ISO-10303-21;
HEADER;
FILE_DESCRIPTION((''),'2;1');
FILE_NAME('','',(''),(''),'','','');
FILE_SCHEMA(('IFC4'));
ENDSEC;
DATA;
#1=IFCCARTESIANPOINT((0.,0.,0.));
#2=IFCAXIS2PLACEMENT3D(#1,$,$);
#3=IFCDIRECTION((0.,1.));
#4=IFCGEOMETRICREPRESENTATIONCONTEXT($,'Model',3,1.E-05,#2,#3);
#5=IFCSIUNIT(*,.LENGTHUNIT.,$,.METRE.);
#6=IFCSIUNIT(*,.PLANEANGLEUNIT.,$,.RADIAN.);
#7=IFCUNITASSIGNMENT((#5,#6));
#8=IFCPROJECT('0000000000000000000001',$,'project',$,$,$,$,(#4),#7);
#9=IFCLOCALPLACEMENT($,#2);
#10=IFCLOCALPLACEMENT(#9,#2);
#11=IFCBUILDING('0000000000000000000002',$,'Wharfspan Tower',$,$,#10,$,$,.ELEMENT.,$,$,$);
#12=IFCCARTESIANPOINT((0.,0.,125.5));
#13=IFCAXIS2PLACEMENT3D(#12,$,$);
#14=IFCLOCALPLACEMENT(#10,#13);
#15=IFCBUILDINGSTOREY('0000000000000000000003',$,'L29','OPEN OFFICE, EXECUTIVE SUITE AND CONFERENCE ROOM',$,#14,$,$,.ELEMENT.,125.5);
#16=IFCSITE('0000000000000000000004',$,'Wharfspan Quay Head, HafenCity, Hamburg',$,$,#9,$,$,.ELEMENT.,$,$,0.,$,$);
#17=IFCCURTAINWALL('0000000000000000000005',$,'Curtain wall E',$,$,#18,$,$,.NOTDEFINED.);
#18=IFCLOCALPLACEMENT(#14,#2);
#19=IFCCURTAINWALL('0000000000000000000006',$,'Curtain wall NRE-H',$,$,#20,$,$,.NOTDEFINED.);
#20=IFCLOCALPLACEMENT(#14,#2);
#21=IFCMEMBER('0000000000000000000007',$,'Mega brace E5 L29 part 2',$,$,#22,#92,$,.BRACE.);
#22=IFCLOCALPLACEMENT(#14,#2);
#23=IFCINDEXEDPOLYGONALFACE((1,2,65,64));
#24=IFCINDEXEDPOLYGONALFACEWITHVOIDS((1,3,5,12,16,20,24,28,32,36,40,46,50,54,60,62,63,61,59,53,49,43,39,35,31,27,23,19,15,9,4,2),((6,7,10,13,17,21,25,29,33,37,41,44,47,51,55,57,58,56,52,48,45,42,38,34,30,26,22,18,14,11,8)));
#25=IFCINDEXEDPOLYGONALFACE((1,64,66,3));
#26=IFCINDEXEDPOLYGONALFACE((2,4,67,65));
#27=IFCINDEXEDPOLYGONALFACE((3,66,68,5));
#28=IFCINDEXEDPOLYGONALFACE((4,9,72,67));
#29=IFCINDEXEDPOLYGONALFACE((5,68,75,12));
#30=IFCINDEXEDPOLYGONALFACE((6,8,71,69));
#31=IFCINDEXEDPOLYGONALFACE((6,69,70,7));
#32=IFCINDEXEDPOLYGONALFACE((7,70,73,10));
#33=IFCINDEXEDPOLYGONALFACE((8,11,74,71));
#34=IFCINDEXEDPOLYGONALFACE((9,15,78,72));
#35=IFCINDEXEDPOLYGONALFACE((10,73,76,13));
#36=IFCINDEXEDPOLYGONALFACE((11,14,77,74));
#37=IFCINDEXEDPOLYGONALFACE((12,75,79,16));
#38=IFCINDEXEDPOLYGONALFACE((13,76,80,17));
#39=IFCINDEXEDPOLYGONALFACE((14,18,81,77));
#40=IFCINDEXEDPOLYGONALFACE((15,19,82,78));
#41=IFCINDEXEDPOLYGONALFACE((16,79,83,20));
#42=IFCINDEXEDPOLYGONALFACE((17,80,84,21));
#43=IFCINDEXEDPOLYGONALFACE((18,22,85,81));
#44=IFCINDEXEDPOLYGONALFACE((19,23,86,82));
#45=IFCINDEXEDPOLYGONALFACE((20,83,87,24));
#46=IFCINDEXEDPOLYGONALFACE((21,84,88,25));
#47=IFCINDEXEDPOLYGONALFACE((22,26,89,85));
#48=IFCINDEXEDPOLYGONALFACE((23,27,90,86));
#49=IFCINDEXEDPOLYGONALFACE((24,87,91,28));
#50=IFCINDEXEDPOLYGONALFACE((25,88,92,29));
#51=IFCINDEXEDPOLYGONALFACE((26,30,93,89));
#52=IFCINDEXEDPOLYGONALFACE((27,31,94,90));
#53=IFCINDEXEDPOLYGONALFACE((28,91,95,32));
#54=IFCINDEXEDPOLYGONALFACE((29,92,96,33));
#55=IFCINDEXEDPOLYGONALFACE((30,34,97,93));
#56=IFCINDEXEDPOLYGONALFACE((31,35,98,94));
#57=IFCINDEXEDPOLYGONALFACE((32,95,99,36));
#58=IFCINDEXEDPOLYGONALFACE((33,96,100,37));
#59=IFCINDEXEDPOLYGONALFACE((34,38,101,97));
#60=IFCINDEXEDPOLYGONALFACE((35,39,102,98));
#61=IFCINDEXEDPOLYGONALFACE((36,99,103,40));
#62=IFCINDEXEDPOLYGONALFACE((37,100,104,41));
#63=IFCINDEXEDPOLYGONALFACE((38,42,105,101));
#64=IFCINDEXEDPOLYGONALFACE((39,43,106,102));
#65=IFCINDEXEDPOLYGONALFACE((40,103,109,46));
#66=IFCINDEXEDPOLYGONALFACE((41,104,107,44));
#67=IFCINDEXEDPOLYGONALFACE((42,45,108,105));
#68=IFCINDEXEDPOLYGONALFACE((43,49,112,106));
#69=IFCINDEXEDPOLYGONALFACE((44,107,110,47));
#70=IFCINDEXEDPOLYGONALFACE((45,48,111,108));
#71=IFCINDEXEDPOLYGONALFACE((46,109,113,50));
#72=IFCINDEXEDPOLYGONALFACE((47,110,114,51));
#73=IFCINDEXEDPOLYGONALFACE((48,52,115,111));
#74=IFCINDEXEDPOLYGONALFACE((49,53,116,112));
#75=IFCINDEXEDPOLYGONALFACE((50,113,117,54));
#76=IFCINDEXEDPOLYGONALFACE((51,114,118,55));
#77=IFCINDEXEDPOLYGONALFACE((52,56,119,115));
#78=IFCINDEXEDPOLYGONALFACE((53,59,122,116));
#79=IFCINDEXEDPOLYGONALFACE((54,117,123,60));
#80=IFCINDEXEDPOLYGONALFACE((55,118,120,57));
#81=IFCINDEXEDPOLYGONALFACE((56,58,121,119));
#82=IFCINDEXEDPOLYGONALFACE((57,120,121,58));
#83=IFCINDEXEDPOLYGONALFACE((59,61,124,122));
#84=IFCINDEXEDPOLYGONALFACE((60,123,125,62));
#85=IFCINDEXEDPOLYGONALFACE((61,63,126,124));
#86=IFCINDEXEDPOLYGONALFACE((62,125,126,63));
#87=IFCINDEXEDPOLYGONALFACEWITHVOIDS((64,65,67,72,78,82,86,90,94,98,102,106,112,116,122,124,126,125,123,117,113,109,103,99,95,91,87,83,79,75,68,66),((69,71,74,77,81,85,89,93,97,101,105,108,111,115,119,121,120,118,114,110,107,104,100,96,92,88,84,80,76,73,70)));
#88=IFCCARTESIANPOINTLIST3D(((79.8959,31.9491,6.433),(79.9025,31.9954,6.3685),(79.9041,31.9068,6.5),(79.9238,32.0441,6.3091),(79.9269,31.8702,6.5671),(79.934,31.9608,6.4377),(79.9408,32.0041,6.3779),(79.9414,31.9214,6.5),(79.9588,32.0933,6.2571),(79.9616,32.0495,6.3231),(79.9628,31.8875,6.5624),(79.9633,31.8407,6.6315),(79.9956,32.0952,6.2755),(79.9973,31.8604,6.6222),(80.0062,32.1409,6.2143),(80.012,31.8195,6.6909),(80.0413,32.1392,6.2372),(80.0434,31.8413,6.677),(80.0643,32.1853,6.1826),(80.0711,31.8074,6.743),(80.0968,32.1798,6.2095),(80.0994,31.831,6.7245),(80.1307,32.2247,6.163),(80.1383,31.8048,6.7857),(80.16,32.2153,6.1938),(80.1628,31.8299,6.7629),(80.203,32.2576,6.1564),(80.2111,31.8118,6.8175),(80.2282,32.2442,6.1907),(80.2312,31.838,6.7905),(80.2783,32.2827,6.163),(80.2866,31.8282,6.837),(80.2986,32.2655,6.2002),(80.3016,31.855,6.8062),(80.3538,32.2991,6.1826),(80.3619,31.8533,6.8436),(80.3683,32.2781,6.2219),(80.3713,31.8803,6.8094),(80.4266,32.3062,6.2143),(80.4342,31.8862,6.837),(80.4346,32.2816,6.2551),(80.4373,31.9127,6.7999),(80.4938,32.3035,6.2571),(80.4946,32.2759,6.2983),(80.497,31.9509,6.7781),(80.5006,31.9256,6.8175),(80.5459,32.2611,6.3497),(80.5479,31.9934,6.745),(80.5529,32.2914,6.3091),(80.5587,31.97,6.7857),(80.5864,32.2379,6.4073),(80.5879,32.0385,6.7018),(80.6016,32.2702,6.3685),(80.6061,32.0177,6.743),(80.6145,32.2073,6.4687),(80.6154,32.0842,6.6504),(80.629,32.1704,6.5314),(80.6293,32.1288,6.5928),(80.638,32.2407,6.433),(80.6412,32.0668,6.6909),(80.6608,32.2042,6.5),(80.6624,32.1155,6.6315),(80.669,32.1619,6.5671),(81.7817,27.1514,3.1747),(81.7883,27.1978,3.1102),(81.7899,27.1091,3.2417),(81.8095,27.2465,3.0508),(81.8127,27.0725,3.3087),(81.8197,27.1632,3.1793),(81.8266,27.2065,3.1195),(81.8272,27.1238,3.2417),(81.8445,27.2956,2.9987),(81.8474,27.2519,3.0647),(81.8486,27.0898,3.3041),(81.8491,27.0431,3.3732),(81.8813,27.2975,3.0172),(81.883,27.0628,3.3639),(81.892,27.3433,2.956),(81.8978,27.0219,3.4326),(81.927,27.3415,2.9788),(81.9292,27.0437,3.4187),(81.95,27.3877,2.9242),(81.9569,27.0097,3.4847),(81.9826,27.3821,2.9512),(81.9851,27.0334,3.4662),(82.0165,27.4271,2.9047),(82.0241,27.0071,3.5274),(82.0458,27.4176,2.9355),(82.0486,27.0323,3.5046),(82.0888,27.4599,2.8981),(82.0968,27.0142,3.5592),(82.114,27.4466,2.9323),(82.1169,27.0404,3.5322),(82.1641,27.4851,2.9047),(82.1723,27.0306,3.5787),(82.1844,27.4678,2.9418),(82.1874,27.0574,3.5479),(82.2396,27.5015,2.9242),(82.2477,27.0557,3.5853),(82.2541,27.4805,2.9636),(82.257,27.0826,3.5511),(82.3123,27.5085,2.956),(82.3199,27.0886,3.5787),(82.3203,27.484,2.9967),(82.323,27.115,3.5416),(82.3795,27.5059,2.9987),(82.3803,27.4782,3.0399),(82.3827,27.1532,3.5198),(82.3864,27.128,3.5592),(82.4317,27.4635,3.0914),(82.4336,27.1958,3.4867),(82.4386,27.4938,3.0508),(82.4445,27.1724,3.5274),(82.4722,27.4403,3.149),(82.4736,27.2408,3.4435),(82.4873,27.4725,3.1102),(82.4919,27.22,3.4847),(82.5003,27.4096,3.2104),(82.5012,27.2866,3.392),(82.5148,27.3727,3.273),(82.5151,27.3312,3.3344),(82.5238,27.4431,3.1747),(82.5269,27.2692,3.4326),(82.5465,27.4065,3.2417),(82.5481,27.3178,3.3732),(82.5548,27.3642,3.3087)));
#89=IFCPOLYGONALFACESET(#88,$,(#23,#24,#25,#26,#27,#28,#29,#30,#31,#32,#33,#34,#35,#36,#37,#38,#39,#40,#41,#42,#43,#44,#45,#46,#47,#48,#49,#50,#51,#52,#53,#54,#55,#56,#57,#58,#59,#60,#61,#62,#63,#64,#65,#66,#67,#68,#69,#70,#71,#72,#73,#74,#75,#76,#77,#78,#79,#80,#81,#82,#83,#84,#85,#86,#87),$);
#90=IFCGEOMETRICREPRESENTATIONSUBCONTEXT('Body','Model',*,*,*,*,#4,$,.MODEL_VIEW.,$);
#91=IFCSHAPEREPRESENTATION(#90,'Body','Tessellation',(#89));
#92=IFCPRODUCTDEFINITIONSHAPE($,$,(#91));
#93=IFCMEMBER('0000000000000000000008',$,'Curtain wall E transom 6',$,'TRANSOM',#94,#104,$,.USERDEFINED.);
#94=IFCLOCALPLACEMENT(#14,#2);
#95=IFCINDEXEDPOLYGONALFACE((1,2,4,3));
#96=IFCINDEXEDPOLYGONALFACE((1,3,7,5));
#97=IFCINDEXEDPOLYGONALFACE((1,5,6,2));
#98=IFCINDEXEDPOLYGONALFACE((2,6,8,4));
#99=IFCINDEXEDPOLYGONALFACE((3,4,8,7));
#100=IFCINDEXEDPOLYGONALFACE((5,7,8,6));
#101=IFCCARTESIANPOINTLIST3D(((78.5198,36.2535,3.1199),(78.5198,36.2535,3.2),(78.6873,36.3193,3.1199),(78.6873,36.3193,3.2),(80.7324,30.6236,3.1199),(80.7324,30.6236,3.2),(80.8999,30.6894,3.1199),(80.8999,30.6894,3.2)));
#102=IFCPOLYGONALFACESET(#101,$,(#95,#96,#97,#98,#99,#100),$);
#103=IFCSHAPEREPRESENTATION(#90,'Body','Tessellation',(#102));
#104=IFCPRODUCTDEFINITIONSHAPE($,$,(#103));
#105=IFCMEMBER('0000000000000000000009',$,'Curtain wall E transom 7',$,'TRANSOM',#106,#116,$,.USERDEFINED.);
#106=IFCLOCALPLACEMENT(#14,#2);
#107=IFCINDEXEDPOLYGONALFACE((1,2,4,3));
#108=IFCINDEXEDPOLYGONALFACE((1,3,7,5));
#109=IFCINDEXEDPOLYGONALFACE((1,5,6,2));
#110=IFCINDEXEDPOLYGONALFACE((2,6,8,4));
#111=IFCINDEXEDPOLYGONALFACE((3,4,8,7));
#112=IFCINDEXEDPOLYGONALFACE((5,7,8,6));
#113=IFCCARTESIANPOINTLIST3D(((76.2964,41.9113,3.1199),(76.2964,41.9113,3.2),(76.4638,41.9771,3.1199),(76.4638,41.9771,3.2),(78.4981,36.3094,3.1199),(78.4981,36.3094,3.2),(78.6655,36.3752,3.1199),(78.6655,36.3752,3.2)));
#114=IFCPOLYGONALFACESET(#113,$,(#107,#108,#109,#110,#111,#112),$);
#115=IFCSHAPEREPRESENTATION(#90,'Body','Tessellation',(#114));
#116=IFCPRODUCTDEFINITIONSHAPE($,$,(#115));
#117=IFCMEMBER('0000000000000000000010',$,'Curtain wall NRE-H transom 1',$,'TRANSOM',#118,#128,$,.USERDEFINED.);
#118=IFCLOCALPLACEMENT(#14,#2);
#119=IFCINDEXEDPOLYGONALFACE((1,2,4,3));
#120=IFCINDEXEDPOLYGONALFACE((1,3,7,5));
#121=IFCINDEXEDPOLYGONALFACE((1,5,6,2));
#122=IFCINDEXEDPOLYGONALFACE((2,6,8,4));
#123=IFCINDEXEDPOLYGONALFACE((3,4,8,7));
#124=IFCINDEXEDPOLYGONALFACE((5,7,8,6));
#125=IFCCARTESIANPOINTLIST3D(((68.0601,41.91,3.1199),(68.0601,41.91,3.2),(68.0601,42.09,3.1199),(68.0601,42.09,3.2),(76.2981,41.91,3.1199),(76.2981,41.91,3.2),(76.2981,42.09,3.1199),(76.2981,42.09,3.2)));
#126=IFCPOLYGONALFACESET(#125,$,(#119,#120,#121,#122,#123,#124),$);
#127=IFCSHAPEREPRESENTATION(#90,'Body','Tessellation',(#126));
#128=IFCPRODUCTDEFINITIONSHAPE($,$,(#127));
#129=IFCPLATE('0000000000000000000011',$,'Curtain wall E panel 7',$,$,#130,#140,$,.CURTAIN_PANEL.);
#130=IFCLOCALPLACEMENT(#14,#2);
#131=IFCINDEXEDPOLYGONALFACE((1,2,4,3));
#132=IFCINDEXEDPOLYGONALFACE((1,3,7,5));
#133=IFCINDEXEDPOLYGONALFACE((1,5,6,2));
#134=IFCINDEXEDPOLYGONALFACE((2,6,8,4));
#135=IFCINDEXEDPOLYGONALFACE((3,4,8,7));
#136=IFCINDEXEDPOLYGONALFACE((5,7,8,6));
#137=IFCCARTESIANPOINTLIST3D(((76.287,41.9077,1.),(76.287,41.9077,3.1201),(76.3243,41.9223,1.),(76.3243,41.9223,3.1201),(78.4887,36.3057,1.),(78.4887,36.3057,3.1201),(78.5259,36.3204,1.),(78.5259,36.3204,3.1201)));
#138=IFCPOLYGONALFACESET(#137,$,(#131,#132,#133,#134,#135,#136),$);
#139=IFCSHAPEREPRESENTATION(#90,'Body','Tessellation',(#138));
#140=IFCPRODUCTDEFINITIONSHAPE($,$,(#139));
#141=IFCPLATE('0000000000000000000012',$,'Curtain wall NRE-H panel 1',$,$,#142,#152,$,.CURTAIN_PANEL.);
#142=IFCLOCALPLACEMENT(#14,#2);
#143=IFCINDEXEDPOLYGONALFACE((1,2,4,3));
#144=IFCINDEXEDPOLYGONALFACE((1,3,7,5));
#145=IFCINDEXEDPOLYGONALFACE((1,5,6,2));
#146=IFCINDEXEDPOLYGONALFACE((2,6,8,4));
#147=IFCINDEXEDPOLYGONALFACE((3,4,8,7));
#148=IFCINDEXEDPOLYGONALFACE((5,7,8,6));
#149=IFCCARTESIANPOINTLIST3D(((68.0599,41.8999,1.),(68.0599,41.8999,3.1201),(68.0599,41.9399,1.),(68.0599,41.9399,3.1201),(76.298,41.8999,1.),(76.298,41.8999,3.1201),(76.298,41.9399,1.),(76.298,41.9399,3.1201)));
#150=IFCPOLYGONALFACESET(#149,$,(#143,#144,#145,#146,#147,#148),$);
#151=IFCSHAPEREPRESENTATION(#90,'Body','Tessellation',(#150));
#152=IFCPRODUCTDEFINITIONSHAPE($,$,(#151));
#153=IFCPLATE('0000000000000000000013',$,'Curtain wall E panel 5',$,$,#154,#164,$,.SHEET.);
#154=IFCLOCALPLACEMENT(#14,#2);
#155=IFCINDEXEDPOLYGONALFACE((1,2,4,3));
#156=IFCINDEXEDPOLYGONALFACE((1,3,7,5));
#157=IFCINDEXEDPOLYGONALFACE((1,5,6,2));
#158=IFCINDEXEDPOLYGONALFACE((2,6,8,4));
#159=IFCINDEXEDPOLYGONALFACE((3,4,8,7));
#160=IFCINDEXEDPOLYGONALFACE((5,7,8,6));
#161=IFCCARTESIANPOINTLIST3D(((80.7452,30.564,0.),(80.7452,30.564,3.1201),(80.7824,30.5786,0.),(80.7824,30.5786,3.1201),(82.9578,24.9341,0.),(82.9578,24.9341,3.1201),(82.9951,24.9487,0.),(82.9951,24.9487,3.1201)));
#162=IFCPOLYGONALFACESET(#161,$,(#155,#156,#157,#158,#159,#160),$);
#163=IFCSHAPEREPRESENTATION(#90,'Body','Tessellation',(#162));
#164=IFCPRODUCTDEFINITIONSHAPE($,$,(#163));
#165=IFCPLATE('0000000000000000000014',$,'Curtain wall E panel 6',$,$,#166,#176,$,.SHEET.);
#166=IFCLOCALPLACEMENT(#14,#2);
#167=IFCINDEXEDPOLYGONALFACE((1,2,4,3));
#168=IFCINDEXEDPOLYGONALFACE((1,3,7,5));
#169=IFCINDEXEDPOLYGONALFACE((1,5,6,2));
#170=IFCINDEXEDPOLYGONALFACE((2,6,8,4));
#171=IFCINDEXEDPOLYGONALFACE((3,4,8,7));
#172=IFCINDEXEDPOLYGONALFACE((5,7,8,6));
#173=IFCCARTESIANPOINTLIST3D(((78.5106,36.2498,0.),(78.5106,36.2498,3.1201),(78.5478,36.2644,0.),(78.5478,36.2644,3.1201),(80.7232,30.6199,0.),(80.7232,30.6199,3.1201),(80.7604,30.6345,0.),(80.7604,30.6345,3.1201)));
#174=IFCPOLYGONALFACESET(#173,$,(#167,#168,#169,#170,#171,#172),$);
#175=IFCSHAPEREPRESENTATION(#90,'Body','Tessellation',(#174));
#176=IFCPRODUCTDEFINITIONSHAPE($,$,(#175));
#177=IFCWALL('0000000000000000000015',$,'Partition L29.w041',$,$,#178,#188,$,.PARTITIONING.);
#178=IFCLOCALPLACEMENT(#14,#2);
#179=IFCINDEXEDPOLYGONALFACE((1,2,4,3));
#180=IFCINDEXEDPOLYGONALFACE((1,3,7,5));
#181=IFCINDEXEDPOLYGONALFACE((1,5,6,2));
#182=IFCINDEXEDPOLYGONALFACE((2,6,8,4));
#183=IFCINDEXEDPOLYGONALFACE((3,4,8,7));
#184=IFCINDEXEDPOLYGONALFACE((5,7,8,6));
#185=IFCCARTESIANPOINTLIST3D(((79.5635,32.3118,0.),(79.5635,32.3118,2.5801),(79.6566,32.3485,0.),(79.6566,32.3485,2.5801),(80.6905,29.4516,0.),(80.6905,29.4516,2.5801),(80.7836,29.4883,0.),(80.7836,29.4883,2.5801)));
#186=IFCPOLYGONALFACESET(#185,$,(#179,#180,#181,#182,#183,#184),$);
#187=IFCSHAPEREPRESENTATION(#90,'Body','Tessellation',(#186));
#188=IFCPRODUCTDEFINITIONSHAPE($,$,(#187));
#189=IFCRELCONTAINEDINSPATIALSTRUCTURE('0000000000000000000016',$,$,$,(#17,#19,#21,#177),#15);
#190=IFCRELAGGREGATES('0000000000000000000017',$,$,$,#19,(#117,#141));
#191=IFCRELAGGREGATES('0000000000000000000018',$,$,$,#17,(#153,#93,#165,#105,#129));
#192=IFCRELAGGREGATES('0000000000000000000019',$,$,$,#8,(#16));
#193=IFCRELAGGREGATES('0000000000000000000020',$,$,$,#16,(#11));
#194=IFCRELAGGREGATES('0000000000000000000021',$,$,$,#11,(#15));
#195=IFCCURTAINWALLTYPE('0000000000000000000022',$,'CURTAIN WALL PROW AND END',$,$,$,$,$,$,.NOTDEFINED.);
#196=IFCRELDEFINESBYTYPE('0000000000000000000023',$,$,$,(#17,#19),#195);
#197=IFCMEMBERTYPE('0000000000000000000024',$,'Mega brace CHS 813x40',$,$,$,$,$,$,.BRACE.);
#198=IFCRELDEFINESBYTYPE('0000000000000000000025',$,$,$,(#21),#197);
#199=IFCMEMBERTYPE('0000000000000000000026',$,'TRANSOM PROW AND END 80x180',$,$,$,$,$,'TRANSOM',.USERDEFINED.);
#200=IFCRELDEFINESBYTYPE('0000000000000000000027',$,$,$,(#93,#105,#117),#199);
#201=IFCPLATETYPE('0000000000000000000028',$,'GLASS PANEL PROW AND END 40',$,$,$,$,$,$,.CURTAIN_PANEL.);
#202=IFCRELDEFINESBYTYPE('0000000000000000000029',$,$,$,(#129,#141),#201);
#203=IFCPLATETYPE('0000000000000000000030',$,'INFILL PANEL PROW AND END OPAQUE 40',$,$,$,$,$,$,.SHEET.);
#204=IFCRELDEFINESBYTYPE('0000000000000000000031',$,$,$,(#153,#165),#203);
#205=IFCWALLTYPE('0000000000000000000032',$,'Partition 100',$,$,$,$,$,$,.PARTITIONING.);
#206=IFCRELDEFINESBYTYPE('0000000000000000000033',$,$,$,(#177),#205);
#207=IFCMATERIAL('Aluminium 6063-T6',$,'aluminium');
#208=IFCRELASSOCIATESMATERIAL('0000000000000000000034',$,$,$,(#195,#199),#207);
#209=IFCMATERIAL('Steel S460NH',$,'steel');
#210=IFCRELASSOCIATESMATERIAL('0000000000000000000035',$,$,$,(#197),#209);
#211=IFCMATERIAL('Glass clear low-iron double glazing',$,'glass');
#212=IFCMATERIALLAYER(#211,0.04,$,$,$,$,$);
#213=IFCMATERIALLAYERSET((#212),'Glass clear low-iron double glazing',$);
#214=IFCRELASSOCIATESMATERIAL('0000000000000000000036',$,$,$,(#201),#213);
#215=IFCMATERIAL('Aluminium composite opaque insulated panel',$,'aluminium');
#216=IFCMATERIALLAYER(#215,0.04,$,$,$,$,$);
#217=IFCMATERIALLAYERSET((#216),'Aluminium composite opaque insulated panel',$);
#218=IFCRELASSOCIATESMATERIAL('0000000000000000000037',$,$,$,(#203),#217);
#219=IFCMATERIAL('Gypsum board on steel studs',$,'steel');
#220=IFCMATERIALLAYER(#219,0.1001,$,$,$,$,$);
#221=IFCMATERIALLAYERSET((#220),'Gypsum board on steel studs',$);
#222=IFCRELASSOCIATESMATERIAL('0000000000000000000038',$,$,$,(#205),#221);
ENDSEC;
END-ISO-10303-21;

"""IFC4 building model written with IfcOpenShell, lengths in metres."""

from ifc_helpers import new_model, si_unit, direction, frame, frame_2d, origin, origin_2d, place, context, subcontext, project, spatial, rectangle, hollow_circle, extrude, material, layer, layer_set, material_profile, profile_set, type_object, element, aggregate, save


model = new_model("IFC4")

# Units and contexts
model_context = context("Model", 3, precision=1e-05, world=origin(), true_north=direction((0.0, 1.0)))
body_context = subcontext(model_context, "Body", "Model", "MODEL_VIEW")
ifc_project = project(units=[si_unit("LENGTHUNIT", "METRE"), si_unit("PLANEANGLEUNIT", "RADIAN")], contexts=[model_context])

# Site, building, storey
site_placement = place(None, origin())
site = spatial("IfcSite", under=ifc_project, at=site_placement, Name="Wharfspan Quay Head, HafenCity, Hamburg", CompositionType="ELEMENT", RefElevation=0.0)
building_placement = place(site_placement, origin())
building = spatial("IfcBuilding", under=site, at=building_placement, Name="Wharfspan Tower", CompositionType="ELEMENT")
storey_placement = place(building_placement, frame((0.0, 0.0, 125.5)))
storey = spatial("IfcBuildingStorey", under=building, at=storey_placement, Name="L29", Description="OPEN OFFICE, EXECUTIVE SUITE AND CONFERENCE ROOM", CompositionType="ELEMENT", Elevation=125.5)

# Curtain walls
ifc_material_1 = material(Name="Aluminium 6063-T6", Category="aluminium")
curtain_wall_type = type_object("IfcCurtainWallType", Name="CURTAIN WALL PROW AND END", PredefinedType="NOTDEFINED", material=ifc_material_1)
curtain_wall_1_placement = place(storey_placement, origin())
curtain_wall_1 = element("IfcCurtainWall", 1, at=curtain_wall_1_placement, inside=storey, type_object=curtain_wall_type, Name="Curtain wall E", PredefinedType="NOTDEFINED")
curtain_wall_2_placement = place(storey_placement, origin())
curtain_wall_2 = element("IfcCurtainWall", 2, at=curtain_wall_2_placement, inside=storey, type_object=curtain_wall_type, Name="Curtain wall NRE-H", PredefinedType="NOTDEFINED")

# Members
ifc_material_2 = material(Name="Steel S460NH", Category="steel")
ifc_material_profile_1 = material_profile(ifc_material_2, hollow_circle(Radius=0.4065, WallThickness=0.04, at=origin_2d()))
ifc_profile_set_1 = profile_set([ifc_material_profile_1], Name="Steel S460NH")
member_type_1 = type_object("IfcMemberType", Name="Mega brace CHS 813x40", PredefinedType="BRACE", material=ifc_profile_set_1)
member_1_placement = place(storey_placement, frame((82.1682, 27.2578, 3.2417), z_axis=(-0.309223, 0.786709, 0.534294), x_axis=(-0.930685, -0.365812, -0.000003)))
element("IfcMember", 3, at=member_1_placement, inside=storey, type_object=member_type_1, Name="Mega brace E5 L29 part 2", PredefinedType="BRACE", context=body_context, shape_type="SweptSolid", body=[
    extrude(hollow_circle(Radius=0.4065, WallThickness=0.04, at=origin_2d()), origin(), (0.0, 0.0, 1.0), 6.0984),
])
ifc_material_profile_2 = material_profile(ifc_material_1, rectangle(XDim=0.1799, YDim=0.0801, at=origin_2d()))
ifc_profile_set_2 = profile_set([ifc_material_profile_2], Name="Aluminium 6063-T6")
member_type_2 = type_object("IfcMemberType", Name="TRANSOM PROW AND END 80x180", ElementType="TRANSOM", PredefinedType="USERDEFINED", material=ifc_profile_set_2)
member_2_placement = place(storey_placement, frame((80.8162, 30.6565, 3.1599), z_axis=(-0.365782, 0.9307, 0.0), x_axis=(-0.9307, -0.365782, 0.0)))
member_2 = element("IfcMember", 4, at=member_2_placement, type_object=member_type_2, Name="Curtain wall E transom 6", ObjectType="TRANSOM", PredefinedType="USERDEFINED", context=body_context, shape_type="SweptSolid", body=[
    extrude(rectangle(XDim=0.1799, YDim=0.0801, at=origin_2d()), origin(), (0.0, 0.0, 1.0), 6.0491),
])
member_3_placement = place(storey_placement, frame((78.5818, 36.3423, 3.1599), z_axis=(-0.365789, 0.930698, 0.0), x_axis=(-0.930698, -0.365789, 0.0)))
member_3 = element("IfcMember", 5, at=member_3_placement, type_object=member_type_2, Name="Curtain wall E transom 7", ObjectType="TRANSOM", PredefinedType="USERDEFINED", context=body_context, shape_type="SweptSolid", body=[
    extrude(rectangle(XDim=0.1799, YDim=0.0801, at=origin_2d()), origin(), (0.0, 0.0, 1.0), 6.019),
])
member_4_placement = place(storey_placement, frame((76.2981, 42.0, 3.1599), z_axis=(-1.0, 0.0, 0.0), x_axis=(0.0, -1.0, 0.0)))
member_4 = element("IfcMember", 6, at=member_4_placement, type_object=member_type_2, Name="Curtain wall NRE-H transom 1", ObjectType="TRANSOM", PredefinedType="USERDEFINED", context=body_context, shape_type="SweptSolid", body=[
    extrude(rectangle(XDim=0.1799, YDim=0.0801, at=origin_2d()), origin(), (0.0, 0.0, 1.0), 8.238),
])

# Plates
ifc_material_3 = material(Name="Glass clear low-iron double glazing", Category="glass")
ifc_layer_1 = layer(ifc_material_3, 0.04)
ifc_layer_set_1 = layer_set([ifc_layer_1], Name="Glass clear low-iron double glazing")
plate_type_1 = type_object("IfcPlateType", Name="GLASS PANEL PROW AND END 40", PredefinedType="CURTAIN_PANEL", material=ifc_layer_set_1)
plate_1_placement = place(storey_placement, frame((77.4065, 39.114, 1.0), z_axis=(0.0, 0.0, 1.0), x_axis=(-0.365778, 0.930702, 0.0)))
plate_1 = element("IfcPlate", 7, at=plate_1_placement, type_object=plate_type_1, Name="Curtain wall E panel 7", PredefinedType="CURTAIN_PANEL", context=body_context, shape_type="SweptSolid", body=[
    extrude(rectangle(XDim=6.019, YDim=0.04, at=origin_2d()), origin(), (0.0, 0.0, 1.0), 2.1201),
])
plate_2_placement = place(storey_placement, frame((72.179, 41.9199, 1.0), z_axis=(0.0, 0.0, 1.0), x_axis=(-1.0, 0.0, 0.0)))
plate_2 = element("IfcPlate", 8, at=plate_2_placement, type_object=plate_type_1, Name="Curtain wall NRE-H panel 1", PredefinedType="CURTAIN_PANEL", context=body_context, shape_type="SweptSolid", body=[
    extrude(rectangle(XDim=8.238, YDim=0.04, at=origin_2d()), origin(), (0.0, 0.0, 1.0), 2.1201),
])
aggregate(curtain_wall_2, [member_4, plate_2])
ifc_material_4 = material(Name="Aluminium composite opaque insulated panel", Category="aluminium")
ifc_layer_2 = layer(ifc_material_4, 0.04)
ifc_layer_set_2 = layer_set([ifc_layer_2], Name="Aluminium composite opaque insulated panel")
plate_type_2 = type_object("IfcPlateType", Name="INFILL PANEL PROW AND END OPAQUE 40", PredefinedType="SHEET", material=ifc_layer_set_2)
plate_3_placement = place(storey_placement, frame((81.8701, 27.7563, 0.0), z_axis=(0.0, 0.0, 1.0), x_axis=(-0.365778, 0.930702, 0.0)))
plate_3 = element("IfcPlate", 9, at=plate_3_placement, type_object=plate_type_2, Name="Curtain wall E panel 5", PredefinedType="SHEET", context=body_context, shape_type="SweptSolid", body=[
    extrude(rectangle(XDim=6.0491, YDim=0.04, at=origin_2d()), origin(), (0.0, 0.0, 1.0), 3.1201),
])
plate_4_placement = place(storey_placement, frame((79.6355, 33.4421, 0.0), z_axis=(0.0, 0.0, 1.0), x_axis=(-0.365778, 0.930702, 0.0)))
plate_4 = element("IfcPlate", 10, at=plate_4_placement, type_object=plate_type_2, Name="Curtain wall E panel 6", PredefinedType="SHEET", context=body_context, shape_type="SweptSolid", body=[
    extrude(rectangle(XDim=6.0491, YDim=0.04, at=origin_2d()), origin(), (0.0, 0.0, 1.0), 3.1201),
])
aggregate(curtain_wall_1, [plate_3, member_2, plate_4, member_3, plate_1])

# Wall
ifc_material_5 = material(Name="Gypsum board on steel studs", Category="steel")
ifc_layer_3 = layer(ifc_material_5, 0.1001)
ifc_layer_set_3 = layer_set([ifc_layer_3], Name="Gypsum board on steel studs")
wall_type_1 = type_object("IfcWallType", Name="Partition 100", PredefinedType="PARTITIONING", material=ifc_layer_set_3)
wall_1_placement = place(storey_placement, frame((80.7371, 29.47, 0.0), z_axis=(0.0, 0.0, 1.0), x_axis=(-0.366592, 0.930378, 0.0)))
element("IfcWall", 11, at=wall_1_placement, inside=storey, type_object=wall_type_1, Name="Partition L29.w041", PredefinedType="PARTITIONING", context=body_context, shape_type="SweptSolid", body=[
    extrude(rectangle(XDim=3.0742, YDim=0.1001, at=frame_2d((1.5371, 0.0))), origin(), (0.0, 0.0, 1.0), 2.5801),
])

save(model, "model.ifc")
